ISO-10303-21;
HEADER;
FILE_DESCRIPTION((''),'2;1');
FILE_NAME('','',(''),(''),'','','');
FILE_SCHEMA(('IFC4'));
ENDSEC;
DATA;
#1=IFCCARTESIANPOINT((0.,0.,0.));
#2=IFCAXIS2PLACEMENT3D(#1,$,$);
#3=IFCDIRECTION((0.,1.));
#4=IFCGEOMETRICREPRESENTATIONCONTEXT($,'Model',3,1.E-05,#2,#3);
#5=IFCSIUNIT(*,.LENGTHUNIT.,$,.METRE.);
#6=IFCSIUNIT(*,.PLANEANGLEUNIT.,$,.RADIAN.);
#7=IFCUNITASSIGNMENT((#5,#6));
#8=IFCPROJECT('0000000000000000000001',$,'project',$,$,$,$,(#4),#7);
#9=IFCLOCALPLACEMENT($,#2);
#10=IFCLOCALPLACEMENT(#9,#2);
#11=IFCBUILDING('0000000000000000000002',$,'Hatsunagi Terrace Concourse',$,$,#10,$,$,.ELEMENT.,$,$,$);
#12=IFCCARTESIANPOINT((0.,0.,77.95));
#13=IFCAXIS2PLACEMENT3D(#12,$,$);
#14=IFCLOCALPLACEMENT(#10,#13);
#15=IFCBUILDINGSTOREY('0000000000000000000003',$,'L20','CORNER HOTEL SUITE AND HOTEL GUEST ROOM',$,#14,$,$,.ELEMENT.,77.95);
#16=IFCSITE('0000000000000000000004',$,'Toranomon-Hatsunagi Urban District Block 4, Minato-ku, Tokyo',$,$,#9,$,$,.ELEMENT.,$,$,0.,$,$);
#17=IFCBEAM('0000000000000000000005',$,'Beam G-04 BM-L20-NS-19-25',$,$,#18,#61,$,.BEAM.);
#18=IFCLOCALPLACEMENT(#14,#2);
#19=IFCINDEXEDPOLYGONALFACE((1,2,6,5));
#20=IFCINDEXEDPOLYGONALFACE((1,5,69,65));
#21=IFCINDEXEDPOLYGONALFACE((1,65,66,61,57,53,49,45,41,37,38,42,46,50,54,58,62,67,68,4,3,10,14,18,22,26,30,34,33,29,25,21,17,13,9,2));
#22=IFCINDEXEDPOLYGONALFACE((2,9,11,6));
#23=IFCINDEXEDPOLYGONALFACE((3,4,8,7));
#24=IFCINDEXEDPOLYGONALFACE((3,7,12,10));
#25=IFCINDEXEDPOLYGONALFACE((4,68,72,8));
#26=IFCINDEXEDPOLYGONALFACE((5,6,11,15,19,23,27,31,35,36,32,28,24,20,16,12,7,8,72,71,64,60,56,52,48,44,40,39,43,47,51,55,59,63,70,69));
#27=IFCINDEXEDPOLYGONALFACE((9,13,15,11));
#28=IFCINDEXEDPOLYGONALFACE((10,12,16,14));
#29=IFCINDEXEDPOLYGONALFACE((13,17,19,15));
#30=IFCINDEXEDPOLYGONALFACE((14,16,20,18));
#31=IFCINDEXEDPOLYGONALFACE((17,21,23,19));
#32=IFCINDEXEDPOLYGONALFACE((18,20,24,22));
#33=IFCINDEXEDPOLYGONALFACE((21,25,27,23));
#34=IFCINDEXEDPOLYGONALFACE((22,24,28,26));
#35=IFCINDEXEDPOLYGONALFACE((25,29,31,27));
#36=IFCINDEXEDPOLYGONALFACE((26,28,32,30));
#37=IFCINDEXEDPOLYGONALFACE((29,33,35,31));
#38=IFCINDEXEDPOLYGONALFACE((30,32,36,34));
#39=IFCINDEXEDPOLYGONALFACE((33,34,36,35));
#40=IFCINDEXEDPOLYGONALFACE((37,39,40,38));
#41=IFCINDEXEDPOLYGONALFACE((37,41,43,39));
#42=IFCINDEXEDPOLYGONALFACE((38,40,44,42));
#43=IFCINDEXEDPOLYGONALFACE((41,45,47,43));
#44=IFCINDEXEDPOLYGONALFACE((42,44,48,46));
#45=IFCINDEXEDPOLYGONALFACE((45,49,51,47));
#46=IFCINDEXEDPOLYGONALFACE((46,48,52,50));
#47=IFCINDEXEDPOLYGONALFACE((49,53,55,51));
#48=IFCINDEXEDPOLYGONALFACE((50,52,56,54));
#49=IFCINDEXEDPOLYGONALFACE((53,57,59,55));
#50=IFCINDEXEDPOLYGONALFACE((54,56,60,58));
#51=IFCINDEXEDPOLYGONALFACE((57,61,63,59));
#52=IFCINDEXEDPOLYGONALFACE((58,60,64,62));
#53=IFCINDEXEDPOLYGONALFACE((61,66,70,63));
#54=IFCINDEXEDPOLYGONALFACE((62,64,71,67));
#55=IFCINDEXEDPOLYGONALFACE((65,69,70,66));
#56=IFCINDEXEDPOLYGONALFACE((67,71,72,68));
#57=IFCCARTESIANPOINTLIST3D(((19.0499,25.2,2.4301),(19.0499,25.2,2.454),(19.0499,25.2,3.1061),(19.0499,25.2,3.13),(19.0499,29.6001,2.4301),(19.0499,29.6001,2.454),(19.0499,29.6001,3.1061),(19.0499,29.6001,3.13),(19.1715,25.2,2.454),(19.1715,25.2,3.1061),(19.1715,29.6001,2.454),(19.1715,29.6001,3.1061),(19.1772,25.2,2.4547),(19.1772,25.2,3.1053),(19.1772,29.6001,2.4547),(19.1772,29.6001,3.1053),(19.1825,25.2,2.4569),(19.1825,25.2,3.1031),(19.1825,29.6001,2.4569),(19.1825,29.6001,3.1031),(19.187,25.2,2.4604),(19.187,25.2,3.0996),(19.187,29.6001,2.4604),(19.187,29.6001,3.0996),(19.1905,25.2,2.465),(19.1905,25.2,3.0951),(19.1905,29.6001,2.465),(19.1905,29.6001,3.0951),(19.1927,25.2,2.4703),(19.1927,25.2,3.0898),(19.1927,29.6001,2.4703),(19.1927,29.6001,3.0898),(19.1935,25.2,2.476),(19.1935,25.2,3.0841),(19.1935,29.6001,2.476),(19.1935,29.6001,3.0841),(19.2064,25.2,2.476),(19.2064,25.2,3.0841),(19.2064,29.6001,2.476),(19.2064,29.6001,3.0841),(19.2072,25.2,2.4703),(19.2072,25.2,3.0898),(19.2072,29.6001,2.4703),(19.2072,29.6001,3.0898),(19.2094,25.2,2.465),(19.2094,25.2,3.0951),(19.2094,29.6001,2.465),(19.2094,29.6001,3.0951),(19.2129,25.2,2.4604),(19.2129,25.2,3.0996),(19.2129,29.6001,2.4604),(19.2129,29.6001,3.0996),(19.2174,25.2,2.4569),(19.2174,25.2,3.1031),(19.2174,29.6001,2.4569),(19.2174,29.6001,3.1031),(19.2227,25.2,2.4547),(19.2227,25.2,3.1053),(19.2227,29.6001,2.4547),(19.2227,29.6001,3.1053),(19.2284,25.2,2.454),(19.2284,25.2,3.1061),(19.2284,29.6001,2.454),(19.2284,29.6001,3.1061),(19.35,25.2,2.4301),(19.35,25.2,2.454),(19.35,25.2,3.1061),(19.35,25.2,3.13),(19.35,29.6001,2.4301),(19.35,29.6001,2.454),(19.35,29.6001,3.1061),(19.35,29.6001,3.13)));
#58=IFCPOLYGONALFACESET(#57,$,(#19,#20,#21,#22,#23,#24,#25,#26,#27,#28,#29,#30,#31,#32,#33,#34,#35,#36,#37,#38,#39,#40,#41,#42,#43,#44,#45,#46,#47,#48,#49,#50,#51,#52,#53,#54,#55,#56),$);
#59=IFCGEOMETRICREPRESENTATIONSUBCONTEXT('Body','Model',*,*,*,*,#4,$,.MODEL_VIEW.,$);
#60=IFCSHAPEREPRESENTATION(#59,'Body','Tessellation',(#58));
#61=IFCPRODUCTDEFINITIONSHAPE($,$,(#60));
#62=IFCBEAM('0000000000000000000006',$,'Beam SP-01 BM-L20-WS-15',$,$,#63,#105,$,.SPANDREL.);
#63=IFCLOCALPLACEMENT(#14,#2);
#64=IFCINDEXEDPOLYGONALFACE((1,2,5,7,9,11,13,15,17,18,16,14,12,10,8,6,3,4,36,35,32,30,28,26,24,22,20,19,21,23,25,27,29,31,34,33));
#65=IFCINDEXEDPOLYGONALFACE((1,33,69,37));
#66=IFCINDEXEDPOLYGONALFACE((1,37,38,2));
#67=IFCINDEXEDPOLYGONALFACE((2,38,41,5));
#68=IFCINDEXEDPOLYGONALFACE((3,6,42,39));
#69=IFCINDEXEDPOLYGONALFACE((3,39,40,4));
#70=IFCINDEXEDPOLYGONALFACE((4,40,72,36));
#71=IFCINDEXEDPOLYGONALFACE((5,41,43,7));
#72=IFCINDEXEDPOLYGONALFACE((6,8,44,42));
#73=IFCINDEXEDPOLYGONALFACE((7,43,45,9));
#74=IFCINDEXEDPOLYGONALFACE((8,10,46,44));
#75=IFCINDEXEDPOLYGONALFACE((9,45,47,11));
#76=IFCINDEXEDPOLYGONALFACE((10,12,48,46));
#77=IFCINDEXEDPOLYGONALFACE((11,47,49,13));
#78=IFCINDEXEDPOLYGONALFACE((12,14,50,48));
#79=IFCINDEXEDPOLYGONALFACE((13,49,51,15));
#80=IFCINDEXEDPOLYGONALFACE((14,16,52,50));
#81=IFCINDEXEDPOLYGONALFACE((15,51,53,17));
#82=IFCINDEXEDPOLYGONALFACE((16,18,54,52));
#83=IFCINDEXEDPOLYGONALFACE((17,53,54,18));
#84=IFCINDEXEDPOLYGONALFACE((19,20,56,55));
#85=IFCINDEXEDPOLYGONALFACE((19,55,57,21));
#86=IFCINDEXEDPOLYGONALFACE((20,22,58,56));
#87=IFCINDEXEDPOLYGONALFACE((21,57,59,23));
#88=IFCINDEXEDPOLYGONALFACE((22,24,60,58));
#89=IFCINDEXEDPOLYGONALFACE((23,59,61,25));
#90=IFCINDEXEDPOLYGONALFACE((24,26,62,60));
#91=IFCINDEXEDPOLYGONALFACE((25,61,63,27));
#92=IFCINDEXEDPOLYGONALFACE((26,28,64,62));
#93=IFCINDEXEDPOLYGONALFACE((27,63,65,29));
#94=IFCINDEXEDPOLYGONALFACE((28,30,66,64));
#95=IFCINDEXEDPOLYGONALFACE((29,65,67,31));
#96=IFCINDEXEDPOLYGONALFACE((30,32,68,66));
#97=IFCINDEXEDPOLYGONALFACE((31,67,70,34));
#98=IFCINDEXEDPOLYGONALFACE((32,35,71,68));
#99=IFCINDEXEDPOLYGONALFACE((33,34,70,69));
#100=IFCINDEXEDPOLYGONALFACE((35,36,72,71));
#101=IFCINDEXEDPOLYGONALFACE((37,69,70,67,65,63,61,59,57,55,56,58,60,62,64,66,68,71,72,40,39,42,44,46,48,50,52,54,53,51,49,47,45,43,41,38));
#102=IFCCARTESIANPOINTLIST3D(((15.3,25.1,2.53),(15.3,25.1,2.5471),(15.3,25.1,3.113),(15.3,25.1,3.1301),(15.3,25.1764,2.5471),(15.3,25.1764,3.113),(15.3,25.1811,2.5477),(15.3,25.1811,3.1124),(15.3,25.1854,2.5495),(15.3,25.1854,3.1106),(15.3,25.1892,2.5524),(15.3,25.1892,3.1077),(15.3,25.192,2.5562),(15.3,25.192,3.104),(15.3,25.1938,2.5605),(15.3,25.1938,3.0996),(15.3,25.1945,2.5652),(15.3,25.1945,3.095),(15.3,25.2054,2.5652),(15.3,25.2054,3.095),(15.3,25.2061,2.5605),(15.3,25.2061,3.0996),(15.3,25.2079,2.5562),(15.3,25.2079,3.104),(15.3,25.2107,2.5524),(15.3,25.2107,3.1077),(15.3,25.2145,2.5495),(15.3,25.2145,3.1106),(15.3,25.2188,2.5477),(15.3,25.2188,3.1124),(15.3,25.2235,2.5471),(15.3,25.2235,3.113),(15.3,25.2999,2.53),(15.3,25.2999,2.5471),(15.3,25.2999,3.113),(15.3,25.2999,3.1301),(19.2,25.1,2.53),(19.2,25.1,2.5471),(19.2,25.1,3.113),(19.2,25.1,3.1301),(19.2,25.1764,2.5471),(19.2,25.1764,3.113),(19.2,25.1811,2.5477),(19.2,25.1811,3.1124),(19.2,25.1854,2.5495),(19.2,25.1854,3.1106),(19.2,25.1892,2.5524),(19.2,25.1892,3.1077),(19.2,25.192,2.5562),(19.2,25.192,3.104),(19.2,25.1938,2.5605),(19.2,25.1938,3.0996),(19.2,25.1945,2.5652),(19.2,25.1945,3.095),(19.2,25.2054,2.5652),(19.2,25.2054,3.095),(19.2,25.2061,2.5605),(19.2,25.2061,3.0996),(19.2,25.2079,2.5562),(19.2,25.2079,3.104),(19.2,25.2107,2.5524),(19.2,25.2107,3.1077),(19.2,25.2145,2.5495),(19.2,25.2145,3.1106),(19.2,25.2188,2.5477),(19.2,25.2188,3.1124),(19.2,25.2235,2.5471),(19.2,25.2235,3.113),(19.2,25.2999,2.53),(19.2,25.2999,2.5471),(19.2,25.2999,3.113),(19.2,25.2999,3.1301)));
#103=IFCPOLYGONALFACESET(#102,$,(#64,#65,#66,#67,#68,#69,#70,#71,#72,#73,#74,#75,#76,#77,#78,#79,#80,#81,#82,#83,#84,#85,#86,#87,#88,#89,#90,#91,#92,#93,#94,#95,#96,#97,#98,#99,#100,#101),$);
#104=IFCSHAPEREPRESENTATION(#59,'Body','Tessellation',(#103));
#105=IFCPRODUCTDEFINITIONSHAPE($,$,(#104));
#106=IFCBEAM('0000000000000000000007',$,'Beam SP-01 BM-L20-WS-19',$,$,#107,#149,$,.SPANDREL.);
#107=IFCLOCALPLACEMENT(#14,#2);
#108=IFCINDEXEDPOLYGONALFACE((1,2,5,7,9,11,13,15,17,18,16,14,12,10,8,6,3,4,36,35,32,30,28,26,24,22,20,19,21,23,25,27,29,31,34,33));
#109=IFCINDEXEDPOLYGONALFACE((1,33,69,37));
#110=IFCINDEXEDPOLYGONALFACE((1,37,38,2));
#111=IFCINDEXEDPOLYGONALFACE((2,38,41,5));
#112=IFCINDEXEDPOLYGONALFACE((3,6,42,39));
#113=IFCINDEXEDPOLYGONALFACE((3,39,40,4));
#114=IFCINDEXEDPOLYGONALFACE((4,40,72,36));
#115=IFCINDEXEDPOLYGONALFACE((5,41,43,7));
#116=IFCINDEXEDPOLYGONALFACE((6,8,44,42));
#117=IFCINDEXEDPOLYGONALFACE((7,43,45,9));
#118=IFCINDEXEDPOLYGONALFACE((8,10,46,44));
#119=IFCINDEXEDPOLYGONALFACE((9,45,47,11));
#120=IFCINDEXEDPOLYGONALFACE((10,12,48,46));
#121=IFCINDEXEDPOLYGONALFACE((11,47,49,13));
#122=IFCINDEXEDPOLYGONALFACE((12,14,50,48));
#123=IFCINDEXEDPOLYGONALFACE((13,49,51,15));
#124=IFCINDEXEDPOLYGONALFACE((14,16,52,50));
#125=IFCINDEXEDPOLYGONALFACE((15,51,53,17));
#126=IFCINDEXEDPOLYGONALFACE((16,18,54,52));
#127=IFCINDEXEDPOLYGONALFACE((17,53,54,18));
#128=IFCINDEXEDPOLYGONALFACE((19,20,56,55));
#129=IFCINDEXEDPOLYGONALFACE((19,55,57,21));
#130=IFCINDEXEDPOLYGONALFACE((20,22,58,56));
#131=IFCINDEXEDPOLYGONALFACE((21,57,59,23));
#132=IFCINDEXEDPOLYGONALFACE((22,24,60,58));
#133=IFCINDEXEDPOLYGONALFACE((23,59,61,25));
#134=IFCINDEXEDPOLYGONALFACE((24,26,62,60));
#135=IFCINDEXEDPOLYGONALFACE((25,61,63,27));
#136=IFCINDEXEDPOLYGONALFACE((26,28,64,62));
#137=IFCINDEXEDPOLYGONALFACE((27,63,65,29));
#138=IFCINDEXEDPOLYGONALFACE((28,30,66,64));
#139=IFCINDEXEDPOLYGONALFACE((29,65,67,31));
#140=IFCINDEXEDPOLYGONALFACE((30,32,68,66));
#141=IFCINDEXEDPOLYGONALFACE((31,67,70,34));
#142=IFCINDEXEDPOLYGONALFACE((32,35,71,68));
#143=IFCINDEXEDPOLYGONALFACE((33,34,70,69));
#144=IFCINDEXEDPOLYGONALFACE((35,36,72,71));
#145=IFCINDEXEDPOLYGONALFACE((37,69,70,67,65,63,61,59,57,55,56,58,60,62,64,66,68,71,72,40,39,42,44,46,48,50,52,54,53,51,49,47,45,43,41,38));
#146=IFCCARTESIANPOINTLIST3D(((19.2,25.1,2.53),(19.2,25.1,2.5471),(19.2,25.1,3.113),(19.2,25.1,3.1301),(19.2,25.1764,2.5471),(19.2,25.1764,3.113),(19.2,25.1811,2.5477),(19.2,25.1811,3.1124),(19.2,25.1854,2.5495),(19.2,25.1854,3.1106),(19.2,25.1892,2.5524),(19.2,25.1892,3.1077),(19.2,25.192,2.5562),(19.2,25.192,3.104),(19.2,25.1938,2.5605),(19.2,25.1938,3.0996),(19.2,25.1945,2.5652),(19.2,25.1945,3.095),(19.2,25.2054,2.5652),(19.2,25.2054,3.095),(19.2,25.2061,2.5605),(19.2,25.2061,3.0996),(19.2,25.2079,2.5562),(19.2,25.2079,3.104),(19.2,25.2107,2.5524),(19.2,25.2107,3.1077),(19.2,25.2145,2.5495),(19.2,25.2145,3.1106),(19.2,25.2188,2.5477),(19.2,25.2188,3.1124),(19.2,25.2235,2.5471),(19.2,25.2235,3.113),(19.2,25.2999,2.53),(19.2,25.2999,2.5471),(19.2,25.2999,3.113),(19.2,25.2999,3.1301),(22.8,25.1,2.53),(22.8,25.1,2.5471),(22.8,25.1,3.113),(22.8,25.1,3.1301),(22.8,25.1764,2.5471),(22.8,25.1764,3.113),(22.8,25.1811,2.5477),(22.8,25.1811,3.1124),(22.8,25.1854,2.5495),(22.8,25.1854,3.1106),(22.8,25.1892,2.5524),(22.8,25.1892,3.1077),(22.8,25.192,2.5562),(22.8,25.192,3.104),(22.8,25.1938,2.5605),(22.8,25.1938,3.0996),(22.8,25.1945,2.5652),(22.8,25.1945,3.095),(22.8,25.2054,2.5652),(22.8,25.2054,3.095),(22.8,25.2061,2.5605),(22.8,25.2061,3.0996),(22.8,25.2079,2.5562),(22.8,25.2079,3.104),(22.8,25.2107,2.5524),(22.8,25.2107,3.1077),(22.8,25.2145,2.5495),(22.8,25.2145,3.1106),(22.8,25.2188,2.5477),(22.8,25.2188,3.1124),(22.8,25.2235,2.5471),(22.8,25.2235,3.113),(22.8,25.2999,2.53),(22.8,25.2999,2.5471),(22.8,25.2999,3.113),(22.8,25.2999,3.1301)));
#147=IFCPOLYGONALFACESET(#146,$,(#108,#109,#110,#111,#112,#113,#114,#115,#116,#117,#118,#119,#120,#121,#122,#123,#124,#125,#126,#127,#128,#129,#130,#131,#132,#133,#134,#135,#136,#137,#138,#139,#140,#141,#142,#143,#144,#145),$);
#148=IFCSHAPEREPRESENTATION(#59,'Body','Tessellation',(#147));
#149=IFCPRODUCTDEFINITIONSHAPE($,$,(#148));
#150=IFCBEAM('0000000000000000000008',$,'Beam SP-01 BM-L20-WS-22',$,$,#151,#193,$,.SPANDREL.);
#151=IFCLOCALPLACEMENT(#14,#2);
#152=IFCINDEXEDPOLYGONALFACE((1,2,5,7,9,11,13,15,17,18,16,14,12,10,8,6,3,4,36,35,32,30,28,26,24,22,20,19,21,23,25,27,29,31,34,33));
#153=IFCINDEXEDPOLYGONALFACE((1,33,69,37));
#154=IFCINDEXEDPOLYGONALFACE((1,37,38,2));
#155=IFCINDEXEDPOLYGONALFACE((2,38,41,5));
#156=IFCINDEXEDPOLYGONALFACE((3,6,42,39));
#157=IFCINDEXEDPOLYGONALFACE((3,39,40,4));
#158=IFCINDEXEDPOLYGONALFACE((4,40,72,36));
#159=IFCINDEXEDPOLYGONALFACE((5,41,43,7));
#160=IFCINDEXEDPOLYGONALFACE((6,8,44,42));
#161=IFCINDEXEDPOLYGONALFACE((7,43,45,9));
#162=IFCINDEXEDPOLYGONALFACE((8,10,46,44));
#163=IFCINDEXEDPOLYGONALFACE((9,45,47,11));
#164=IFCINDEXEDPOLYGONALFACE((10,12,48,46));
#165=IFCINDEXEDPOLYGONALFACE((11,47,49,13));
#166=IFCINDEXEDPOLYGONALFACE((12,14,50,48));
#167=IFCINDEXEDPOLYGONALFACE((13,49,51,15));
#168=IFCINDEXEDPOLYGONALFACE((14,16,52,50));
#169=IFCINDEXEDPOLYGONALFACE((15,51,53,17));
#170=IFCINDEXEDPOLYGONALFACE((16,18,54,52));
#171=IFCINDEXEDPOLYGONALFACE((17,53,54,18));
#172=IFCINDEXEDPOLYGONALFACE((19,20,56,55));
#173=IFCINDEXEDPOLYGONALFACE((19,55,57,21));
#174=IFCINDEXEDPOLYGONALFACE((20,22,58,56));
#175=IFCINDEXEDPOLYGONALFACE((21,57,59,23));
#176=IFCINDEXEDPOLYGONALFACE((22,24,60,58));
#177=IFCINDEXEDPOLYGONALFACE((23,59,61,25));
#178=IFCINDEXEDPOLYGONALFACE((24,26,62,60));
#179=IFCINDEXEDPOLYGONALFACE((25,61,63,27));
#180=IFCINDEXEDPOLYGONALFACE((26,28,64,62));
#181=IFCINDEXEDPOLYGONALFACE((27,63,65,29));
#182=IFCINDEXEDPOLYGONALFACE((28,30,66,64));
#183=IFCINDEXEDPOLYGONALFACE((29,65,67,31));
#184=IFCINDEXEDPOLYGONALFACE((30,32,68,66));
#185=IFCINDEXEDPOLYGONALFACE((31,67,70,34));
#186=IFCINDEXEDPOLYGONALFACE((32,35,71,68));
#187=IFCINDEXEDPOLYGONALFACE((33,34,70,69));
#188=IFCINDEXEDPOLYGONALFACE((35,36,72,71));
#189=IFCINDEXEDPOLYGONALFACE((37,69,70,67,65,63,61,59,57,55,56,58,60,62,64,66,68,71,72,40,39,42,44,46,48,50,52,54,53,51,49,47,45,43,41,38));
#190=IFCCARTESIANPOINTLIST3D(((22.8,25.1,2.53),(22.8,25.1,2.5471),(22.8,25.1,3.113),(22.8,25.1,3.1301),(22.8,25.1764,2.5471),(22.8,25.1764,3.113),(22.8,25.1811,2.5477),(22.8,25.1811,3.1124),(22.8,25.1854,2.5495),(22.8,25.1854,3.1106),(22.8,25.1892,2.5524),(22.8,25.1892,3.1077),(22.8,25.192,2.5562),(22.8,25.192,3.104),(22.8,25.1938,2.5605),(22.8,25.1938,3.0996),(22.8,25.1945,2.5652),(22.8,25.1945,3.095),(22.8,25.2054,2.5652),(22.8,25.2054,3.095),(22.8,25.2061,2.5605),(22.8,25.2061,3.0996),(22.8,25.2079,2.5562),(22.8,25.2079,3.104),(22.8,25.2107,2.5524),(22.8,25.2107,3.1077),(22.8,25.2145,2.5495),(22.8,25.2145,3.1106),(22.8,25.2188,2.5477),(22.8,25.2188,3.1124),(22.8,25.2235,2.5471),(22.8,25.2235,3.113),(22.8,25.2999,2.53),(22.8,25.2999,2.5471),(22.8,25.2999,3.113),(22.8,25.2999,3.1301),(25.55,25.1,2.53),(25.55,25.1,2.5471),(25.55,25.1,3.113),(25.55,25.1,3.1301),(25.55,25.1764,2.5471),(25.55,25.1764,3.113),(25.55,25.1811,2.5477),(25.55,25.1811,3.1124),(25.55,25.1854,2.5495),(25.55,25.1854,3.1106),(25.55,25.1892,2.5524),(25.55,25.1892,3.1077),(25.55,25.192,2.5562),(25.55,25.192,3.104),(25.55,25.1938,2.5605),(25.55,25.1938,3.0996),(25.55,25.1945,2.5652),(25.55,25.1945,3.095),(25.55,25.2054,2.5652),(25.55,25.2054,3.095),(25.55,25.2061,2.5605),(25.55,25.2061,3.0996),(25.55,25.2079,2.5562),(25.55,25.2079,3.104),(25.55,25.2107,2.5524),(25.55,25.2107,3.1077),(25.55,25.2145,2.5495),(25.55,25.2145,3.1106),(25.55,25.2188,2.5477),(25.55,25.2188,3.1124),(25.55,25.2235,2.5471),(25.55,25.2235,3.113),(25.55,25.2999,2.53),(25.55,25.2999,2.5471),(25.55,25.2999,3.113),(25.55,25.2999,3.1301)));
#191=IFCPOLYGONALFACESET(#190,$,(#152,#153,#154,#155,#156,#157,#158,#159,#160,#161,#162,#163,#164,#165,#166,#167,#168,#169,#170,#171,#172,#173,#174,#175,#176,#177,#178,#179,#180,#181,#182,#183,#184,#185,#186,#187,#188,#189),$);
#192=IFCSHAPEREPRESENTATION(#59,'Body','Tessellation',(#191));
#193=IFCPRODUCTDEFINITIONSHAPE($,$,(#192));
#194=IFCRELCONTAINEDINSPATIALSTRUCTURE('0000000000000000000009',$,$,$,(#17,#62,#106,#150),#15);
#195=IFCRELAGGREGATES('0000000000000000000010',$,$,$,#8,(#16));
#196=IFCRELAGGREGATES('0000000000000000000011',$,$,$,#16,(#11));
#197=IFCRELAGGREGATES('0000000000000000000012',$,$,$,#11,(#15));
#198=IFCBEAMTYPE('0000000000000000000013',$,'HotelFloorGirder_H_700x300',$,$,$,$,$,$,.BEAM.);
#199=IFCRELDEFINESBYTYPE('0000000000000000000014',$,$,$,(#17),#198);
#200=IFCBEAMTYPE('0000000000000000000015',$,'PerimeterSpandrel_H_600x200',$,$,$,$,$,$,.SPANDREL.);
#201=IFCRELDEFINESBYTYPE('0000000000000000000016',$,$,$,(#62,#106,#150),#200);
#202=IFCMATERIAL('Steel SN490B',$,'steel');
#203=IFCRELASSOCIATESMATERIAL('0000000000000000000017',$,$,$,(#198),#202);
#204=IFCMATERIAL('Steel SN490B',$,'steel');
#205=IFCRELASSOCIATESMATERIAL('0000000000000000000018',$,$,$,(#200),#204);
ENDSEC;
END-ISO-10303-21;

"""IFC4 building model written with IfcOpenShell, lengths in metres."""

from ifc_helpers import new_model, si_unit, direction, frame, origin, origin_2d, place, context, subcontext, project, spatial, i_section, extrude, material, material_profile, profile_set, type_object, element, save


model = new_model("IFC4")

# Units and contexts
model_context = context("Model", 3, precision=1e-05, world=origin(), true_north=direction((0.0, 1.0)))
body_context = subcontext(model_context, "Body", "Model", "MODEL_VIEW")
ifc_project = project(units=[si_unit("LENGTHUNIT", "METRE"), si_unit("PLANEANGLEUNIT", "RADIAN")], contexts=[model_context])

# Site, building, storey
site_placement = place(None, origin())
site = spatial("IfcSite", under=ifc_project, at=site_placement, Name="Toranomon-Hatsunagi Urban District Block 4, Minato-ku, Tokyo", CompositionType="ELEMENT", RefElevation=0.0)
building_placement = place(site_placement, origin())
building = spatial("IfcBuilding", under=site, at=building_placement, Name="Hatsunagi Terrace Concourse", CompositionType="ELEMENT")
storey_placement = place(building_placement, frame((0.0, 0.0, 77.95)))
storey = spatial("IfcBuildingStorey", under=building, at=storey_placement, Name="L20", Description="CORNER HOTEL SUITE AND HOTEL GUEST ROOM", CompositionType="ELEMENT", Elevation=77.95)

# Beams
ifc_material_1 = material(Name="Steel SN490B", Category="steel")
ifc_material_profile_1 = material_profile(ifc_material_1, i_section(OverallWidth=0.3, OverallDepth=0.7, WebThickness=0.0129, FlangeThickness=0.0239, FilletRadius=0.022, at=origin_2d()), Name="H-700x300x13x24")
ifc_profile_set_1 = profile_set([ifc_material_profile_1], Name="Steel SN490B")
beam_type_1 = type_object("IfcBeamType", Name="HotelFloorGirder_H_700x300", PredefinedType="BEAM", material=ifc_profile_set_1)
beam_1_placement = place(storey_placement, frame((19.2, 25.2, 2.78), z_axis=(0.0, 1.0, 0.0), x_axis=(-1.0, 0.0, 0.0)))
element("IfcBeam", 1, at=beam_1_placement, inside=storey, type_object=beam_type_1, Name="Beam G-04 BM-L20-NS-19-25", PredefinedType="BEAM", context=body_context, shape_type="SweptSolid", body=[
    extrude(i_section(OverallWidth=0.3, OverallDepth=0.7, WebThickness=0.0129, FlangeThickness=0.0239, FilletRadius=0.022, at=origin_2d()), origin(), (0.0, 0.0, 1.0), 4.4001),
])
ifc_material_2 = material(Name="Steel SN490B", Category="steel")
ifc_material_profile_2 = material_profile(ifc_material_2, i_section(OverallWidth=0.2, OverallDepth=0.6001, WebThickness=0.011, FlangeThickness=0.0171, FilletRadius=0.0181, at=origin_2d()), Name="H-600x200x11x17")
ifc_profile_set_2 = profile_set([ifc_material_profile_2], Name="Steel SN490B")
beam_type_2 = type_object("IfcBeamType", Name="PerimeterSpandrel_H_600x200", PredefinedType="SPANDREL", material=ifc_profile_set_2)
beam_2_placement = place(storey_placement, frame((15.3, 25.2, 2.8301), z_axis=(1.0, 0.0, 0.0), x_axis=(0.0, 1.0, 0.0)))
element("IfcBeam", 2, at=beam_2_placement, inside=storey, type_object=beam_type_2, Name="Beam SP-01 BM-L20-WS-15", PredefinedType="SPANDREL", context=body_context, shape_type="SweptSolid", body=[
    extrude(i_section(OverallWidth=0.2, OverallDepth=0.6001, WebThickness=0.011, FlangeThickness=0.0171, FilletRadius=0.0181, at=origin_2d()), origin(), (0.0, 0.0, 1.0), 3.8999),
])
beam_3_placement = place(storey_placement, frame((19.2, 25.2, 2.8301), z_axis=(1.0, 0.0, 0.0), x_axis=(0.0, 1.0, 0.0)))
element("IfcBeam", 3, at=beam_3_placement, inside=storey, type_object=beam_type_2, Name="Beam SP-01 BM-L20-WS-19", PredefinedType="SPANDREL", context=body_context, shape_type="SweptSolid", body=[
    extrude(i_section(OverallWidth=0.2, OverallDepth=0.6001, WebThickness=0.011, FlangeThickness=0.0171, FilletRadius=0.0181, at=origin_2d()), origin(), (0.0, 0.0, 1.0), 3.6001),
])
beam_4_placement = place(storey_placement, frame((22.8, 25.2, 2.8301), z_axis=(1.0, 0.0, 0.0), x_axis=(0.0, 1.0, 0.0)))
element("IfcBeam", 4, at=beam_4_placement, inside=storey, type_object=beam_type_2, Name="Beam SP-01 BM-L20-WS-22", PredefinedType="SPANDREL", context=body_context, shape_type="SweptSolid", body=[
    extrude(i_section(OverallWidth=0.2, OverallDepth=0.6001, WebThickness=0.011, FlangeThickness=0.0171, FilletRadius=0.0181, at=origin_2d()), origin(), (0.0, 0.0, 1.0), 2.75),
])

save(model, "model.ifc")
